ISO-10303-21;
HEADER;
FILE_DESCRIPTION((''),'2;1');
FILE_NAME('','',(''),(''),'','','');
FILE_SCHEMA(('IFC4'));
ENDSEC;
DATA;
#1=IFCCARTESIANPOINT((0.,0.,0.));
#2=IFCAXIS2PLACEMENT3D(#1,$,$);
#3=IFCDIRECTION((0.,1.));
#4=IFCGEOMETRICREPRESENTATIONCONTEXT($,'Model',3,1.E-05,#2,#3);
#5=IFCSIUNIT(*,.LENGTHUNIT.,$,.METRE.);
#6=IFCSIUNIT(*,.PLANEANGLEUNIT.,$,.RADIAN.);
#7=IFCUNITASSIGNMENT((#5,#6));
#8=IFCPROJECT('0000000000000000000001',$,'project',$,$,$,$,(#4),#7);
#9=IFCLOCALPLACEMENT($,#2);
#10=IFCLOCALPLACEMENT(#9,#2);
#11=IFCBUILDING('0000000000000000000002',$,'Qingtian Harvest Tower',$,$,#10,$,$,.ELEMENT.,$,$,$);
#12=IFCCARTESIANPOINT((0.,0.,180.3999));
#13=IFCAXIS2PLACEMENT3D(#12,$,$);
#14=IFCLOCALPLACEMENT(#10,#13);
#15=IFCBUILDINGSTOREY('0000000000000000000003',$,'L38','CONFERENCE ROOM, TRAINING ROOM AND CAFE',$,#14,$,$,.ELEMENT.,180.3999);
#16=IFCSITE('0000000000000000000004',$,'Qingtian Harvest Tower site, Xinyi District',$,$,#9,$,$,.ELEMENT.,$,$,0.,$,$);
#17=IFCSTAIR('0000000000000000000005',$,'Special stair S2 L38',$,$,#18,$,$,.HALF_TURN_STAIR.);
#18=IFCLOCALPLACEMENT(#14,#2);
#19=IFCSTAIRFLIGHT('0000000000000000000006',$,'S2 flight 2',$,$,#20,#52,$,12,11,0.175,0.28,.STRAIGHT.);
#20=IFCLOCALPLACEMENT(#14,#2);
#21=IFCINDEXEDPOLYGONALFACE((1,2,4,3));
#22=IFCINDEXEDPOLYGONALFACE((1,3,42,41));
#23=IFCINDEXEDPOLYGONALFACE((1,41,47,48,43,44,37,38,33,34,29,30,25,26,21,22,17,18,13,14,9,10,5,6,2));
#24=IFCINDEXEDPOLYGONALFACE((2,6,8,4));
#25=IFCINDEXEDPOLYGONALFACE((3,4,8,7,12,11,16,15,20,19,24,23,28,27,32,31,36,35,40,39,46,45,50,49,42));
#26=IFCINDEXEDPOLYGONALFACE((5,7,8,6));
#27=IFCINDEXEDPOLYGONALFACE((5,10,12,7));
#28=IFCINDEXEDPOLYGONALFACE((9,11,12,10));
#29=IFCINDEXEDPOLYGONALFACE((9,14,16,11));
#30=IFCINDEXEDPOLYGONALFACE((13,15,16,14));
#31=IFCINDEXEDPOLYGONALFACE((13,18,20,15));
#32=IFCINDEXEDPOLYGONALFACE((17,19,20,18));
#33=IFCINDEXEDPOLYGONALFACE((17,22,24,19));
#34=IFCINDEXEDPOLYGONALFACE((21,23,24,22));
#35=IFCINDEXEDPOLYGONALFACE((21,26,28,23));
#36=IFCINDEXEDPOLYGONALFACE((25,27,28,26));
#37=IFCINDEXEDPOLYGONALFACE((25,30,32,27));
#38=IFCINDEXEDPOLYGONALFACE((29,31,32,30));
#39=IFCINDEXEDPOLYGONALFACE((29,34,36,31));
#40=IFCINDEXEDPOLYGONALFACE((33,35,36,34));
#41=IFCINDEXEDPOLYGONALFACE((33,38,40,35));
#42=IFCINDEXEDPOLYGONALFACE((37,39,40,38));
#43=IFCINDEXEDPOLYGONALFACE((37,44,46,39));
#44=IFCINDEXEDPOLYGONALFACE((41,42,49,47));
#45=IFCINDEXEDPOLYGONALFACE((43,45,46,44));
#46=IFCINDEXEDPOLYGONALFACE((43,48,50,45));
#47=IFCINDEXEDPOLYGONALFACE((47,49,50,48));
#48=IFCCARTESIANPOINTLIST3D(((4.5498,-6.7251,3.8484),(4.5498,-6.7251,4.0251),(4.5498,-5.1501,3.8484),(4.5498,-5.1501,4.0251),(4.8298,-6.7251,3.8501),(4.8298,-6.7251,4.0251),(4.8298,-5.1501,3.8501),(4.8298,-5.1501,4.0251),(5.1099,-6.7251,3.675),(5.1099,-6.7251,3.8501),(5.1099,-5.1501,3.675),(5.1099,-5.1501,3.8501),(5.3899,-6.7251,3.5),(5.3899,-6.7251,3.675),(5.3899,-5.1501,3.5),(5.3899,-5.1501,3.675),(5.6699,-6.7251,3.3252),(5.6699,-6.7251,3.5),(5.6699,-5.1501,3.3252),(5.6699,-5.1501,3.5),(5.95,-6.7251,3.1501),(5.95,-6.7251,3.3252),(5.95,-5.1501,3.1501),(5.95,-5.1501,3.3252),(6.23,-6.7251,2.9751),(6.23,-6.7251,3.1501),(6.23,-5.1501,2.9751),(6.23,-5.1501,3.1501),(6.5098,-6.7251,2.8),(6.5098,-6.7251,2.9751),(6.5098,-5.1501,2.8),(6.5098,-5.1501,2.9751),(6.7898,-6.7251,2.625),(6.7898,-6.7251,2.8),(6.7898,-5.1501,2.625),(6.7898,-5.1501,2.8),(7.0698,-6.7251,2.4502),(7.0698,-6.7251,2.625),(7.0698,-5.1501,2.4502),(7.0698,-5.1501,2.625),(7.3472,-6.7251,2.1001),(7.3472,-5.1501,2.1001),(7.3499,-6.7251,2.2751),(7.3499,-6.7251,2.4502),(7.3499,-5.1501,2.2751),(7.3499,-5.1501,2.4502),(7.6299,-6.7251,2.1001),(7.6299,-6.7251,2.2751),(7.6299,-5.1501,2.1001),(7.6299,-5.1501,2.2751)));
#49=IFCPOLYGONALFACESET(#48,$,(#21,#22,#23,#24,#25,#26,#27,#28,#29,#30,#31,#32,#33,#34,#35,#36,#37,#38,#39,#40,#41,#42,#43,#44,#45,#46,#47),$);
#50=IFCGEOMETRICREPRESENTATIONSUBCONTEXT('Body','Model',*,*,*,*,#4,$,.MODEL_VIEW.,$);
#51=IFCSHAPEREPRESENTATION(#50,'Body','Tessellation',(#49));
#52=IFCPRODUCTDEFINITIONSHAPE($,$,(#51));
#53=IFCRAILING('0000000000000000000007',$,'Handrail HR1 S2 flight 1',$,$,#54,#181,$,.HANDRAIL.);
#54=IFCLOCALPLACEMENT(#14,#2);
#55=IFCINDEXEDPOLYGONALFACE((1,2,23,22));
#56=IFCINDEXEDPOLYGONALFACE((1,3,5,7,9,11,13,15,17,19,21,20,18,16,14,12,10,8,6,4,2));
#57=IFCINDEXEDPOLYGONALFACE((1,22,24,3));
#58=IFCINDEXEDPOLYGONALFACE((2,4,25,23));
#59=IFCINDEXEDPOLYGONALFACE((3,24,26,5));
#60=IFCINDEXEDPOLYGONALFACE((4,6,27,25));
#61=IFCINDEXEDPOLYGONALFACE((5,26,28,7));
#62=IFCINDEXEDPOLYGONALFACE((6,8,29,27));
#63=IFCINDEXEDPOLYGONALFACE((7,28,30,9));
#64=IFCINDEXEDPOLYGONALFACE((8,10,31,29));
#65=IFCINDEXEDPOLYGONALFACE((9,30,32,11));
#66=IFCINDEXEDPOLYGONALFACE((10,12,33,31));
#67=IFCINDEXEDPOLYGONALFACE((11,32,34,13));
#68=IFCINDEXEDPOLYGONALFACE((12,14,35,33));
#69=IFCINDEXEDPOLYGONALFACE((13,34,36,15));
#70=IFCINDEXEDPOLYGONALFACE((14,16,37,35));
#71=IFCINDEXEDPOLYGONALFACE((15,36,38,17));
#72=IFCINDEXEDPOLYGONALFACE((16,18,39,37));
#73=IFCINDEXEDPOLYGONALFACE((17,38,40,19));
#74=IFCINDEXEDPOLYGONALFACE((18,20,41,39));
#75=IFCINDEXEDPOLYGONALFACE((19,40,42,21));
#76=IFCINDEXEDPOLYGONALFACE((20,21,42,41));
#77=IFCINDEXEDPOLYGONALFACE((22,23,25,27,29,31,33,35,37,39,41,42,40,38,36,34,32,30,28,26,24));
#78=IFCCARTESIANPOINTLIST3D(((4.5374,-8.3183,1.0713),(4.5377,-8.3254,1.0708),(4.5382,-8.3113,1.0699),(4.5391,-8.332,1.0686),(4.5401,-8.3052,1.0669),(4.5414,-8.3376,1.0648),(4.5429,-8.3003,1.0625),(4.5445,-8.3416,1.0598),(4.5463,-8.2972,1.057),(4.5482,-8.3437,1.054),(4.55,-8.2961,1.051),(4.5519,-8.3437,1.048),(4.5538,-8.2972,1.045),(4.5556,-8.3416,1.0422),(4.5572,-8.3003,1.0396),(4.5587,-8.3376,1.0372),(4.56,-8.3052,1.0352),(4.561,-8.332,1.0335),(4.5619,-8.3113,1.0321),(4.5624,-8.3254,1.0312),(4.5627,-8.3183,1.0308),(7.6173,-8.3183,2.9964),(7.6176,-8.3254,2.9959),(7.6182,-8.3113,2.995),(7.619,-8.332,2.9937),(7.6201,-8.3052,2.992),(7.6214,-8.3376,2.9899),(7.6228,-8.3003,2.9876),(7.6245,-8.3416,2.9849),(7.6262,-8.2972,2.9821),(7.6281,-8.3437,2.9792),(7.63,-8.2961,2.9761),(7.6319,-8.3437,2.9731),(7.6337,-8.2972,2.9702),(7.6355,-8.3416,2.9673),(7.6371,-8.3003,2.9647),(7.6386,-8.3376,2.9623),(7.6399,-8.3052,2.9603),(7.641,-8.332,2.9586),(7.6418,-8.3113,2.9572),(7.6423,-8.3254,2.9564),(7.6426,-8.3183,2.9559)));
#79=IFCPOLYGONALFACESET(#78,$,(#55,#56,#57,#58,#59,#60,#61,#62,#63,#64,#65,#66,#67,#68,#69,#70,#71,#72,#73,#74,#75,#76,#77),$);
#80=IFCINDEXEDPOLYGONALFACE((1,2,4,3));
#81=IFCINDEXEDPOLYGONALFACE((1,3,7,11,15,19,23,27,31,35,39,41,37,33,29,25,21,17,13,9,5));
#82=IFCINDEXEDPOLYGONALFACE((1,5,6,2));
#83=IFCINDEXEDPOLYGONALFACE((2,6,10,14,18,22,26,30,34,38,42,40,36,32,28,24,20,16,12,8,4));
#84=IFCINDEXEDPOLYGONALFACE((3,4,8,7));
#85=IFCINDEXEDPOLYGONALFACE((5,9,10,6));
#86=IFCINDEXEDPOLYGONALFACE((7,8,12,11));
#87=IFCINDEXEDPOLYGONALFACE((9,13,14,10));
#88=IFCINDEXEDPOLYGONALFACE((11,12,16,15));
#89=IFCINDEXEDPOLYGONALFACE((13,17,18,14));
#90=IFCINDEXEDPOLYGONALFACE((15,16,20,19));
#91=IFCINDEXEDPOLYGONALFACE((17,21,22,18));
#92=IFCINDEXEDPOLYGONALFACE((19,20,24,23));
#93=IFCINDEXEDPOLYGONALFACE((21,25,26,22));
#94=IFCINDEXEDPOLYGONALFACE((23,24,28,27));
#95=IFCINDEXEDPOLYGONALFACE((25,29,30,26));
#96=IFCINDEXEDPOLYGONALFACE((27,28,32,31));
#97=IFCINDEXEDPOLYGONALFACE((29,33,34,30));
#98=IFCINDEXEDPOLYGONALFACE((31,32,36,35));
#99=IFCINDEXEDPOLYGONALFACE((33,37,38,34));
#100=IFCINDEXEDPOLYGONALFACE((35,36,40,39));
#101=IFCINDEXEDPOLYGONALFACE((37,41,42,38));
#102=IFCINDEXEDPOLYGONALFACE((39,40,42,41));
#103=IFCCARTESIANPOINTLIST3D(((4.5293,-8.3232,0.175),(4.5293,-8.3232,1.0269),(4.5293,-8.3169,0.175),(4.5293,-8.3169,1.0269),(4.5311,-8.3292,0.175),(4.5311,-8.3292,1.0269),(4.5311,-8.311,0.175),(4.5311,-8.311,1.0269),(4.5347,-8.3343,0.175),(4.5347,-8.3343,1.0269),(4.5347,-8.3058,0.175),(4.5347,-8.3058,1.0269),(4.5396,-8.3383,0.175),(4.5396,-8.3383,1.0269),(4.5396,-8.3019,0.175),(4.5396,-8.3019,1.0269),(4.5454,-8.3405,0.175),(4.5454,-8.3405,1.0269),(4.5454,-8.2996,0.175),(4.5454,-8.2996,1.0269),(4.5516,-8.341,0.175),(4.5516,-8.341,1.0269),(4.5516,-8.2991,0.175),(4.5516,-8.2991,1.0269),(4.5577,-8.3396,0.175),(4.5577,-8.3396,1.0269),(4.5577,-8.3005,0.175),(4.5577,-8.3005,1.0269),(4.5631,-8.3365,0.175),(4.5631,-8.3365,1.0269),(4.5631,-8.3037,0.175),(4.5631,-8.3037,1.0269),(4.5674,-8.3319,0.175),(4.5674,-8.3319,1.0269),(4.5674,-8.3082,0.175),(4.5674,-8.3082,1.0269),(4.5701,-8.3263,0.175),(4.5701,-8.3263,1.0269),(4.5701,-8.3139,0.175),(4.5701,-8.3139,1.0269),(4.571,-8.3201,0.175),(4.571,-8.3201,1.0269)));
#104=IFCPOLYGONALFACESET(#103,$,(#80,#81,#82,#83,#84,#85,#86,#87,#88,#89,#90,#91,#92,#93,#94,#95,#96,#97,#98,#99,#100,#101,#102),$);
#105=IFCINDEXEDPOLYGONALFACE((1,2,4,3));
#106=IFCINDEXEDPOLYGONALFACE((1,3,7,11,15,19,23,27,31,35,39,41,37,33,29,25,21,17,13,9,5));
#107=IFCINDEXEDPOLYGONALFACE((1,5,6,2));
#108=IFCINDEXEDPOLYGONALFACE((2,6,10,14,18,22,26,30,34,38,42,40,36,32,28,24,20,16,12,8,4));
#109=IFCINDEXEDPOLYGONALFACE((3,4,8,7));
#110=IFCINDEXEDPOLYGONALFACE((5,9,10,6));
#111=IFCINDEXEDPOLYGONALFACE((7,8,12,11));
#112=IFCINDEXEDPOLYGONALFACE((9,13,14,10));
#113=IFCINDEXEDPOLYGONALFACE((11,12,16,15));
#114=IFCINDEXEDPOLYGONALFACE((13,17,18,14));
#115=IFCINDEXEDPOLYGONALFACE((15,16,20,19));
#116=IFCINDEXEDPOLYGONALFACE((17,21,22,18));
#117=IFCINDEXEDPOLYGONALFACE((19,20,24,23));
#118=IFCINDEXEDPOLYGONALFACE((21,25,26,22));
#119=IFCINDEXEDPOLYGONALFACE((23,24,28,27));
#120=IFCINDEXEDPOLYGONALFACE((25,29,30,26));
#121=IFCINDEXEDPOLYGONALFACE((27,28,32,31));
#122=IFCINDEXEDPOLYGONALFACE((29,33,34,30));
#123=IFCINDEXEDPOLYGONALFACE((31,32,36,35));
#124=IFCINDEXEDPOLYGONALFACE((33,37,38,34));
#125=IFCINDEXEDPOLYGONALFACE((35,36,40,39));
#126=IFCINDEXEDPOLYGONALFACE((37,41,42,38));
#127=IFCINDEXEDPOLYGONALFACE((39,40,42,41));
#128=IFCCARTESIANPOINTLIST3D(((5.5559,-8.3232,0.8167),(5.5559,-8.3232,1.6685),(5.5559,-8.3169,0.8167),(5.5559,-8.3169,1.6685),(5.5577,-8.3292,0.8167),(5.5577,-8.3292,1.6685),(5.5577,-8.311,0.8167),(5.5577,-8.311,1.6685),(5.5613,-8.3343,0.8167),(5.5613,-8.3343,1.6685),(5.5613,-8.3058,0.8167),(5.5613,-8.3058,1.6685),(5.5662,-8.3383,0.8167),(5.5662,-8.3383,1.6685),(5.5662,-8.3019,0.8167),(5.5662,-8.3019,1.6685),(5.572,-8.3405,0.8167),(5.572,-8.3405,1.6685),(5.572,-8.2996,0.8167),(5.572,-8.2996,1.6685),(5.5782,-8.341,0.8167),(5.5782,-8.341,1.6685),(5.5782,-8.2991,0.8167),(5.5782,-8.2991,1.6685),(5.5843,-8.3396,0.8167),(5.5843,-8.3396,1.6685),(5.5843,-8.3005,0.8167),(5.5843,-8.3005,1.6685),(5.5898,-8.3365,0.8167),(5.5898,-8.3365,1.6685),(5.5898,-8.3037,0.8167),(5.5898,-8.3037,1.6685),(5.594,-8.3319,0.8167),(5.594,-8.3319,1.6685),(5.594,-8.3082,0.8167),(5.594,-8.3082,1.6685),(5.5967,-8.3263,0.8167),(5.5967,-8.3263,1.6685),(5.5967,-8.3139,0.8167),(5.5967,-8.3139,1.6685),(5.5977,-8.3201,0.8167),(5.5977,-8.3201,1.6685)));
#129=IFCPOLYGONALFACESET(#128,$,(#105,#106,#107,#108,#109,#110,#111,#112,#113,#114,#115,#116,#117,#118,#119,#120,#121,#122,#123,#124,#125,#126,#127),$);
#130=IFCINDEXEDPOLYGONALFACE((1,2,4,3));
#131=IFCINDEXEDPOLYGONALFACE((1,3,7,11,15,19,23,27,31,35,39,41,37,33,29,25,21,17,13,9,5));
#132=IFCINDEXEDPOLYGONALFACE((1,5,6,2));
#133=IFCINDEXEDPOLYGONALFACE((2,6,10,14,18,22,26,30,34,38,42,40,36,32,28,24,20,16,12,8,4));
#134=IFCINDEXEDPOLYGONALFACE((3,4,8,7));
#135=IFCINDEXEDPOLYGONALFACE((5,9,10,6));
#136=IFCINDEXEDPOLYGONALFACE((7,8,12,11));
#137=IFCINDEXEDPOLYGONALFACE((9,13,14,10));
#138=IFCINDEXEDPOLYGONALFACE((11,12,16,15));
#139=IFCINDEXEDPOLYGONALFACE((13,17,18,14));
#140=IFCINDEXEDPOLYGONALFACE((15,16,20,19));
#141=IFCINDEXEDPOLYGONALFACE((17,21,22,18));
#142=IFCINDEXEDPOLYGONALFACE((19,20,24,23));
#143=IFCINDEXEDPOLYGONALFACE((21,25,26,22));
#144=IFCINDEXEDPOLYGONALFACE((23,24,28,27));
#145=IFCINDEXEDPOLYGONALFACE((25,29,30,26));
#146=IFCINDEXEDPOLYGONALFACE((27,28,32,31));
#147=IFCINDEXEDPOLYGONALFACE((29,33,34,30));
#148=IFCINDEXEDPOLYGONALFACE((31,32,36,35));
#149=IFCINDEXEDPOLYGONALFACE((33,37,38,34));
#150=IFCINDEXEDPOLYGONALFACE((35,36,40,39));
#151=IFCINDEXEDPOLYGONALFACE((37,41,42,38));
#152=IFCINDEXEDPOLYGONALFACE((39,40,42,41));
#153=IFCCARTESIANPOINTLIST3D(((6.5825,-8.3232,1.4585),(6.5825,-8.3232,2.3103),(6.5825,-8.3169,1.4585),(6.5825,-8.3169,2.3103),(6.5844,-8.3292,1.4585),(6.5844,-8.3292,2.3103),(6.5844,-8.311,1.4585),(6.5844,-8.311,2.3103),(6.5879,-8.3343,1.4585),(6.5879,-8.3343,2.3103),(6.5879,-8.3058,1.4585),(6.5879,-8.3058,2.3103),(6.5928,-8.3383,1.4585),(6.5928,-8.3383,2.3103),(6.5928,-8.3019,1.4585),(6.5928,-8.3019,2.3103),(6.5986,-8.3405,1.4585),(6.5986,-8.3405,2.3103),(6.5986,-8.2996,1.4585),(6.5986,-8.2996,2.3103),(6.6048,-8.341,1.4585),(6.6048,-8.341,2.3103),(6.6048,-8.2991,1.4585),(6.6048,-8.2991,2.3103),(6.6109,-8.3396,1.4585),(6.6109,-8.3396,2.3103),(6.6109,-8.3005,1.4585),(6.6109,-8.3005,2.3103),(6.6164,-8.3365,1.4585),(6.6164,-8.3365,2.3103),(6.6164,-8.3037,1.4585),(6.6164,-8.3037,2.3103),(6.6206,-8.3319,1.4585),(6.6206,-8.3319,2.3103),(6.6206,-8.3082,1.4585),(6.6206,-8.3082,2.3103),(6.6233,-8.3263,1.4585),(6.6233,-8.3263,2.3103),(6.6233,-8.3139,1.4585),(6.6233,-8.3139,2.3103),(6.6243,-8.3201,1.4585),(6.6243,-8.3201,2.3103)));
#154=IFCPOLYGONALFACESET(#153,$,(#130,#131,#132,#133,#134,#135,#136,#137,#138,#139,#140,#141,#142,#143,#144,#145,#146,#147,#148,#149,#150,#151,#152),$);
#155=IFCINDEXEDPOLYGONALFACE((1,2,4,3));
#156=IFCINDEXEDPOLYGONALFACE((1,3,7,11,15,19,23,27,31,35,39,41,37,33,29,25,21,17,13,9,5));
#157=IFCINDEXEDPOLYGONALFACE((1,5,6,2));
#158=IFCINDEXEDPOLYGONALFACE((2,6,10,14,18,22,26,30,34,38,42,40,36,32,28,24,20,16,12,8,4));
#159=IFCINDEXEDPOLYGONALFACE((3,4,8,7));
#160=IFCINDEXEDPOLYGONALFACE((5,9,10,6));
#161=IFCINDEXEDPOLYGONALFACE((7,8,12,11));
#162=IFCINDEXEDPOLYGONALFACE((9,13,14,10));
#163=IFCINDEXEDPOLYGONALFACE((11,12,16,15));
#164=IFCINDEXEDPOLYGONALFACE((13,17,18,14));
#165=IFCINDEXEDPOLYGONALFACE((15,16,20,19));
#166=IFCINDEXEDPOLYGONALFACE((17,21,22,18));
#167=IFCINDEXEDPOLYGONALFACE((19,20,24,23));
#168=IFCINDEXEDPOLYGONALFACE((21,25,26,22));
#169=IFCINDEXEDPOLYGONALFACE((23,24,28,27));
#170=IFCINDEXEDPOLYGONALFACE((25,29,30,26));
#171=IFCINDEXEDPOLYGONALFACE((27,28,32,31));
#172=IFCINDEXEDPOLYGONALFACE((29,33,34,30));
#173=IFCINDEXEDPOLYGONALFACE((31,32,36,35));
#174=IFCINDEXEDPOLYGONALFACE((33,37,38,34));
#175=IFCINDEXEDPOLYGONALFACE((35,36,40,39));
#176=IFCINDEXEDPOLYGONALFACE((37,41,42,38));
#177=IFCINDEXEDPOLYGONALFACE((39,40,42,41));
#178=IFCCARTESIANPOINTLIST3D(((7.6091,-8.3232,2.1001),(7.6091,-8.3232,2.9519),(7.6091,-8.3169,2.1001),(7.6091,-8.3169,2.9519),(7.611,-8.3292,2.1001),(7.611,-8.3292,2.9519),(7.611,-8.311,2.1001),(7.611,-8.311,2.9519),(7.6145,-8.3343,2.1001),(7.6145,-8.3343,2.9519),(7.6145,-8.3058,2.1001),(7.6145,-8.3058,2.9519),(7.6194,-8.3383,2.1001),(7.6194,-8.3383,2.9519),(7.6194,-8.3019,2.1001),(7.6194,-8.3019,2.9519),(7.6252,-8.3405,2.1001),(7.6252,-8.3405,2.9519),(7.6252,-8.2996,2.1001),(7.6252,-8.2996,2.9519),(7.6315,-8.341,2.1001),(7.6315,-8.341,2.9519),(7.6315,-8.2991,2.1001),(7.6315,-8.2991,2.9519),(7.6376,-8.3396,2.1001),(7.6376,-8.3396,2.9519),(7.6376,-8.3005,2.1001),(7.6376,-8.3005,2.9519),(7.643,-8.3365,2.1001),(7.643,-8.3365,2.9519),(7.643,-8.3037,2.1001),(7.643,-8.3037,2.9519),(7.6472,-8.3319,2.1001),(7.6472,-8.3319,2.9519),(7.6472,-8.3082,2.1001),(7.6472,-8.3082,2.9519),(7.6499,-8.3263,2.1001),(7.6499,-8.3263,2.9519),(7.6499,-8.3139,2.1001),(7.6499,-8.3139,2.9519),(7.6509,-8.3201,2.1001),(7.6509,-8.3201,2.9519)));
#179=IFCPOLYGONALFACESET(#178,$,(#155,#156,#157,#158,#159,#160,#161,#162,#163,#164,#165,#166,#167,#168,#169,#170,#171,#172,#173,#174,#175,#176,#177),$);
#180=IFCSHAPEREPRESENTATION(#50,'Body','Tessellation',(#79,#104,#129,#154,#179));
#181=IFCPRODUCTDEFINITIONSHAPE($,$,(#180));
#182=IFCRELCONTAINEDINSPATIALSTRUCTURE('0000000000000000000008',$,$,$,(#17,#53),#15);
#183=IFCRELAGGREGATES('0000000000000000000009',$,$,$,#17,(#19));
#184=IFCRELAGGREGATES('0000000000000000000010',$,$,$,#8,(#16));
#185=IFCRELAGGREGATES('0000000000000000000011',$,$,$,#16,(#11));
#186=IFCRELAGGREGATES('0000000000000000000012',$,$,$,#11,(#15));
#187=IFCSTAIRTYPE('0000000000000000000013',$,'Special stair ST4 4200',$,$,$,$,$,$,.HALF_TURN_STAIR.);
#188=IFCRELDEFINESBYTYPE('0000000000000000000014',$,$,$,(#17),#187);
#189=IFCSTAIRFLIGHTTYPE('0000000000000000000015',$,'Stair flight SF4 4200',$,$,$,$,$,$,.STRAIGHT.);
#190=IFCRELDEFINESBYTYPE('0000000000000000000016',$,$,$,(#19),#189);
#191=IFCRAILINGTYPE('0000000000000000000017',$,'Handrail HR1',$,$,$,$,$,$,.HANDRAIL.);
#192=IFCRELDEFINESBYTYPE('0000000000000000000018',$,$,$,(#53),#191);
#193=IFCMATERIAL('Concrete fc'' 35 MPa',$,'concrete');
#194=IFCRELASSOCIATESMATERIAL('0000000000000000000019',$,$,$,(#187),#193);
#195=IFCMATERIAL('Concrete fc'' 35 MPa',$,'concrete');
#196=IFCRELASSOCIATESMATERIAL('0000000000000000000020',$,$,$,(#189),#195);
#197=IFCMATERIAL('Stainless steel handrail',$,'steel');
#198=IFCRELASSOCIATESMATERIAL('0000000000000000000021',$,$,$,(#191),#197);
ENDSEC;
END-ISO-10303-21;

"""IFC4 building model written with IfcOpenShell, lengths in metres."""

from ifc_helpers import new_model, si_unit, direction, frame, origin, origin_2d, place, context, subcontext, project, spatial, polyline, circle, outline, extrude, material, type_object, element, aggregate, save


model = new_model("IFC4")

# Units and contexts
model_context = context("Model", 3, precision=1e-05, world=origin(), true_north=direction((0.0, 1.0)))
body_context = subcontext(model_context, "Body", "Model", "MODEL_VIEW")
ifc_project = project(units=[si_unit("LENGTHUNIT", "METRE"), si_unit("PLANEANGLEUNIT", "RADIAN")], contexts=[model_context])

# Site, building, storey
site_placement = place(None, origin())
site = spatial("IfcSite", under=ifc_project, at=site_placement, Name="Qingtian Harvest Tower site, Xinyi District", CompositionType="ELEMENT", RefElevation=0.0)
building_placement = place(site_placement, origin())
building = spatial("IfcBuilding", under=site, at=building_placement, Name="Qingtian Harvest Tower", CompositionType="ELEMENT")
storey_placement = place(building_placement, frame((0.0, 0.0, 180.3999)))
storey = spatial("IfcBuildingStorey", under=building, at=storey_placement, Name="L38", Description="CONFERENCE ROOM, TRAINING ROOM AND CAFE", CompositionType="ELEMENT", Elevation=180.3999)

# Stair, stair flight
ifc_material_1 = material(Name="Concrete fc' 35 MPa", Category="concrete")
stair_type = type_object("IfcStairType", Name="Special stair ST4 4200", PredefinedType="HALF_TURN_STAIR", material=ifc_material_1)
stair_placement = place(storey_placement, origin())
stair = element("IfcStair", 1, at=stair_placement, inside=storey, type_object=stair_type, Name="Special stair S2 L38", PredefinedType="HALF_TURN_STAIR")
ifc_material_2 = material(Name="Concrete fc' 35 MPa", Category="concrete")
stair_flight_type = type_object("IfcStairFlightType", Name="Stair flight SF4 4200", PredefinedType="STRAIGHT", material=ifc_material_2)
stair_flight_1_placement = place(storey_placement, frame((7.6299, -5.9375, 2.1001), z_axis=(0.0, 0.0, 1.0), x_axis=(-1.0, 0.0, 0.0)))
stair_flight_1 = element("IfcStairFlight", 2, at=stair_flight_1_placement, type_object=stair_flight_type, Name="S2 flight 2", NumberOfRisers=12, NumberOfTreads=11, PredefinedType="STRAIGHT", RiserHeight=0.175, TreadLength=0.28, context=body_context, shape_type="SweptSolid", body=[
    extrude(outline(polyline([(0.0, 0.0), (0.0, 0.175), (0.28, 0.175), (0.28, 0.3501), (0.5601, 0.3501), (0.5601, 0.5249), (0.8401, 0.5249), (0.8401, 0.7), (1.1201, 0.7), (1.1201, 0.875), (1.3999, 0.875), (1.3999, 1.05), (1.6799, 1.05), (1.6799, 1.2251), (1.96, 1.2251), (1.96, 1.3999), (2.24, 1.3999), (2.24, 1.575), (2.52, 1.575), (2.52, 1.75), (2.8, 1.75), (2.8, 1.925), (3.0801, 1.925), (3.0801, 2.1001), (3.0801, 1.7483), (0.2827, 0.0), (0.0, 0.0)])), frame((0.0, 0.7876, 0.0), z_axis=(0.0, -1.0, 0.0), x_axis=(1.0, 0.0, 0.0)), (0.0, 0.0, 1.0), 1.575),
])
aggregate(stair, [stair_flight_1])

# Railing
ifc_material_3 = material(Name="Stainless steel handrail", Category="steel")
railing_type = type_object("IfcRailingType", Name="Handrail HR1", PredefinedType="HANDRAIL", material=ifc_material_3)
railing_1_placement = place(storey_placement, frame((4.55, -8.3201, 0.175)))
element("IfcRailing", 3, at=railing_1_placement, inside=storey, type_object=railing_type, Name="Handrail HR1 S2 flight 1", PredefinedType="HANDRAIL", context=body_context, shape_type="SweptSolid", body=[
    extrude(circle(Radius=0.0239, at=origin_2d()), frame((0.0, 0.0, 0.876), z_axis=(0.847979, 0.0, 0.530029), x_axis=(0.0, 1.0, 0.0)), (0.0, 0.0, 1.0), 3.6321),
    extrude(circle(Radius=0.021, at=origin_2d()), origin(), (0.0, 0.0, 1.0), 0.8518),
    extrude(circle(Radius=0.021, at=origin_2d()), frame((1.0266, 0.0, 0.6416)), (0.0, 0.0, 1.0), 0.8518),
    extrude(circle(Radius=0.021, at=origin_2d()), frame((2.0532, 0.0, 1.2834)), (0.0, 0.0, 1.0), 0.8518),
    extrude(circle(Radius=0.021, at=origin_2d()), frame((3.0798, 0.0, 1.925)), (0.0, 0.0, 1.0), 0.8518),
])

save(model, "model.ifc")
